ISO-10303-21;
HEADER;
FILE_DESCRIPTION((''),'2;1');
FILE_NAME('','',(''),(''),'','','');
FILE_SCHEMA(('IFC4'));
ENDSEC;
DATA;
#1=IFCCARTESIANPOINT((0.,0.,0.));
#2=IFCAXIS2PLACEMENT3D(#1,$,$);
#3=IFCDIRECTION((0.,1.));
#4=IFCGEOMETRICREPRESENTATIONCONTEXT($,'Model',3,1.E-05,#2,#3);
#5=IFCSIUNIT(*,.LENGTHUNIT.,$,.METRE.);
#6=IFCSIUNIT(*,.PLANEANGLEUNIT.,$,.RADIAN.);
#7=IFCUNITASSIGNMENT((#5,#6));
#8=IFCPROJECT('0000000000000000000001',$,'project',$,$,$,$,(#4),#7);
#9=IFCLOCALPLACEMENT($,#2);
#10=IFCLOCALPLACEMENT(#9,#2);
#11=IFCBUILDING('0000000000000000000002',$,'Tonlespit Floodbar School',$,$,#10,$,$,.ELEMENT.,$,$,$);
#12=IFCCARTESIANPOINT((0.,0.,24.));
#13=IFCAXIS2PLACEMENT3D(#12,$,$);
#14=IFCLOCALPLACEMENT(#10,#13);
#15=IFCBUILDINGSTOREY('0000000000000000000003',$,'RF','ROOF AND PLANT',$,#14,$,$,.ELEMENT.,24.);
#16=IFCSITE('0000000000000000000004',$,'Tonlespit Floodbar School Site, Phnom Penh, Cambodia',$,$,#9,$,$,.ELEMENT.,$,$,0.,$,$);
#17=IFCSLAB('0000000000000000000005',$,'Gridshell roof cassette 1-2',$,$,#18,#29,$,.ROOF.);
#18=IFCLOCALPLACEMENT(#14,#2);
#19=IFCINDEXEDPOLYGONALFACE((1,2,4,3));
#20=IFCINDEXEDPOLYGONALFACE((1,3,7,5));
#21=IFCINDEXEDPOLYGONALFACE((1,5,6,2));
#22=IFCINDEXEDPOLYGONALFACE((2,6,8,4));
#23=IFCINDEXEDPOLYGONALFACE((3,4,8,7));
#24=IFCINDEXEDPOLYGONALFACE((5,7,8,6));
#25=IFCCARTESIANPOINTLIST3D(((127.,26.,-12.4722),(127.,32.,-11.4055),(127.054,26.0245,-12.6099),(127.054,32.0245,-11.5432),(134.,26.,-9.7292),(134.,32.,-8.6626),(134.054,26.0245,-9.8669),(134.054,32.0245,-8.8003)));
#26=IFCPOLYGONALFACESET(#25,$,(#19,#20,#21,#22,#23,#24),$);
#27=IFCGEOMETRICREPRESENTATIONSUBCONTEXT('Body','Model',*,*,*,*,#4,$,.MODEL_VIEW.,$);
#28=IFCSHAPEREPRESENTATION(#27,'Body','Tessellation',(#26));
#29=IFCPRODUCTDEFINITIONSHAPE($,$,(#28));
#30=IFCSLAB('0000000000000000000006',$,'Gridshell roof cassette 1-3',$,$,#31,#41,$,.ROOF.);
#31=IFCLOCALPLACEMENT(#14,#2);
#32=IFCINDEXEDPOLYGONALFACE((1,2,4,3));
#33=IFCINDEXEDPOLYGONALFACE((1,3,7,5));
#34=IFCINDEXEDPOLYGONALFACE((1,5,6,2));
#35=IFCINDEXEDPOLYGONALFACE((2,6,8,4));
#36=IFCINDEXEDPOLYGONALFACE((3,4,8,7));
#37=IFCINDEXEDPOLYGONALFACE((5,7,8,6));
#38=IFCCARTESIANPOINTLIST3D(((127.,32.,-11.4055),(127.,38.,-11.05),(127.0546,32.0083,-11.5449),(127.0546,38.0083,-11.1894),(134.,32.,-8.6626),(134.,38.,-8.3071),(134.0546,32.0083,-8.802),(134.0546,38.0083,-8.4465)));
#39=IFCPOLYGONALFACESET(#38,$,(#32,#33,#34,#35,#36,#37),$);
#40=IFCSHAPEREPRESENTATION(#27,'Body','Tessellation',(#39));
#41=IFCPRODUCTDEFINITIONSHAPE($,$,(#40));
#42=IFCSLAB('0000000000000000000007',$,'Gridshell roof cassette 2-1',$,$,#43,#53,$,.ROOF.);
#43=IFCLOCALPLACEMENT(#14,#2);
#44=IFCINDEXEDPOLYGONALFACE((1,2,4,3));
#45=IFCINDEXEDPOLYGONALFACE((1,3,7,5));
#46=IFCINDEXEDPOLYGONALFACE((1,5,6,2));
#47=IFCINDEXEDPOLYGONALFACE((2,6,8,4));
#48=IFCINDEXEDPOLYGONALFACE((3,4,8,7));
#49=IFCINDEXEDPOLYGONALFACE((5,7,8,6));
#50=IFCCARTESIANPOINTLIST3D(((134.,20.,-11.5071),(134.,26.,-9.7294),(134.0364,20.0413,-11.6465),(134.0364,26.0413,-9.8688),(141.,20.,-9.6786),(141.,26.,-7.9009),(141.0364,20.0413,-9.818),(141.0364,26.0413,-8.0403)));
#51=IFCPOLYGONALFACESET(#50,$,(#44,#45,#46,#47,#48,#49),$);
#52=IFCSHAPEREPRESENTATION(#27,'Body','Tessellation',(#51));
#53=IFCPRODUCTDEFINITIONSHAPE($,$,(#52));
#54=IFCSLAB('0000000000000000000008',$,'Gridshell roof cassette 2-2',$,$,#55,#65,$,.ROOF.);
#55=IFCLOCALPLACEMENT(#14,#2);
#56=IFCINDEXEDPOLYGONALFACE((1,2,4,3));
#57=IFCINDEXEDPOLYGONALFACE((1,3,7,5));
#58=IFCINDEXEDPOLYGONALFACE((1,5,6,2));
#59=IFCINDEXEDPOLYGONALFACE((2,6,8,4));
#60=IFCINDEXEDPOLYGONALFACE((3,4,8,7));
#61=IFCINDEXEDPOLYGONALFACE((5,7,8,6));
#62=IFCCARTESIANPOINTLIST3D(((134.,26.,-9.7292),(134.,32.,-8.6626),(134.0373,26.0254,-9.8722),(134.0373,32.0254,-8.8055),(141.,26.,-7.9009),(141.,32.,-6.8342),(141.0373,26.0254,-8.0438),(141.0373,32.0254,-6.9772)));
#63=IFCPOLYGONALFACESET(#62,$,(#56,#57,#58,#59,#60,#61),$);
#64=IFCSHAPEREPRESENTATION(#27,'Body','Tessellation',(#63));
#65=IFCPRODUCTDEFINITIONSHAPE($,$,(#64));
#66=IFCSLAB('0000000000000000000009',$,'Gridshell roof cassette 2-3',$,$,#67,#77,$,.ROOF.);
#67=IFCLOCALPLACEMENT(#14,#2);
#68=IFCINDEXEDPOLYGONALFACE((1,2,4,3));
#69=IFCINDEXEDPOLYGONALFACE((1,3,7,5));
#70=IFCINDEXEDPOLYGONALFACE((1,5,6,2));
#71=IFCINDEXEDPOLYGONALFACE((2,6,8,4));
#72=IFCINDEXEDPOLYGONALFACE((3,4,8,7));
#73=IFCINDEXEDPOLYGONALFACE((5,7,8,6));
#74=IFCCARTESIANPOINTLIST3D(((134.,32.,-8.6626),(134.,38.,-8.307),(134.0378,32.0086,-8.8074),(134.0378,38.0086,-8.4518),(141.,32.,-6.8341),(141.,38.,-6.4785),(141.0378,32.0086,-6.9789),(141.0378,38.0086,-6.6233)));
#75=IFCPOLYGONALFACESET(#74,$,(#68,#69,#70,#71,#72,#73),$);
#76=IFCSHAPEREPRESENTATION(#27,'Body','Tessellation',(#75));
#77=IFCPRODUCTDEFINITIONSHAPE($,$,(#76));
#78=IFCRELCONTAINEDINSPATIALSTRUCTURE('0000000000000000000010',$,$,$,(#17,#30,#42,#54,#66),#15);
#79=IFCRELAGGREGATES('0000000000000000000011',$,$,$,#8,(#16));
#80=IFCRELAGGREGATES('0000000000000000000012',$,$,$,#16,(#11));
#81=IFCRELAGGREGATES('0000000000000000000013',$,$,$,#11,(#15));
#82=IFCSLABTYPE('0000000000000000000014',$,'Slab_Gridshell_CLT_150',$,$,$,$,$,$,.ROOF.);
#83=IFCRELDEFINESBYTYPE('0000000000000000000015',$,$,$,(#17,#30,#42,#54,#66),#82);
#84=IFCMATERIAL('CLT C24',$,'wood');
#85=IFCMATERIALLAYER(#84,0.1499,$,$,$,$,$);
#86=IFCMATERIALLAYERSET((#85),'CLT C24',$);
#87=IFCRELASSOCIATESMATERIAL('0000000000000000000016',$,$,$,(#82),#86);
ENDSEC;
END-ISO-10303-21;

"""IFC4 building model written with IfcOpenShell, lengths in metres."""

from ifc_helpers import new_model, si_unit, direction, frame, origin, place, context, subcontext, project, spatial, polyline, outline, extrude, material, layer, layer_set, type_object, element, save


model = new_model("IFC4")

# Units and contexts
model_context = context("Model", 3, precision=1e-05, world=origin(), true_north=direction((0.0, 1.0)))
body_context = subcontext(model_context, "Body", "Model", "MODEL_VIEW")
ifc_project = project(units=[si_unit("LENGTHUNIT", "METRE"), si_unit("PLANEANGLEUNIT", "RADIAN")], contexts=[model_context])

# Site, building, storey
site_placement = place(None, origin())
site = spatial("IfcSite", under=ifc_project, at=site_placement, Name="Tonlespit Floodbar School Site, Phnom Penh, Cambodia", CompositionType="ELEMENT", RefElevation=0.0)
building_placement = place(site_placement, origin())
building = spatial("IfcBuilding", under=site, at=building_placement, Name="Tonlespit Floodbar School", CompositionType="ELEMENT")
storey_placement = place(building_placement, frame((0.0, 0.0, 24.0)))
storey = spatial("IfcBuildingStorey", under=building, at=storey_placement, Name="RF", Description="ROOF AND PLANT", CompositionType="ELEMENT", Elevation=24.0)

# Slabs
ifc_material_1 = material(Name="CLT C24", Category="wood")
ifc_layer_1 = layer(ifc_material_1, 0.1499)
ifc_layer_set_1 = layer_set([ifc_layer_1], Name="CLT C24")
slab_type = type_object("IfcSlabType", Name="Slab_Gridshell_CLT_150", PredefinedType="ROOF", material=ifc_layer_set_1)
slab_1_placement = place(storey_placement, frame((127.0, 26.0, -12.4722), z_axis=(-0.359939, -0.163299, 0.918573), x_axis=(0.931072, 0.0, 0.364836)))
element("IfcSlab", 1, at=slab_1_placement, inside=storey, type_object=slab_type, Name="Gridshell roof cassette 1-2", PredefinedType="ROOF", context=body_context, shape_type="SweptSolid", body=[
    extrude(outline(polyline([(0.0, 0.0), (7.5182, 0.0), (7.9074, 6.0816), (0.3892, 6.0816), (0.0, 0.0)])), origin(), (0.0, 0.0, -1.0), 0.1499),
])
slab_2_placement = place(storey_placement, frame((127.0, 32.0, -11.4055), z_axis=(-0.364283, -0.055077, 0.929658), x_axis=(0.931072, 0.0, 0.364836)))
element("IfcSlab", 2, at=slab_2_placement, inside=storey, type_object=slab_type, Name="Gridshell roof cassette 1-3", PredefinedType="ROOF", context=body_context, shape_type="SweptSolid", body=[
    extrude(outline(polyline([(0.0, 0.0), (7.5182, 0.0), (7.6479, 6.0091), (0.1297, 6.0091), (0.0, 0.0)])), origin(), (0.0, 0.0, -1.0), 0.1499),
])
slab_3_placement = place(storey_placement, frame((134.0, 20.0, -11.5071), z_axis=(-0.242948, -0.275567, 0.930075), x_axis=(0.967536, 0.000004, 0.252734)))
element("IfcSlab", 3, at=slab_3_placement, inside=storey, type_object=slab_type, Name="Gridshell roof cassette 2-1", PredefinedType="ROOF", context=body_context, shape_type="SweptSolid", body=[
    extrude(outline(polyline([(0.0, 0.0), (7.2349, 0.0), (7.6842, 6.2416), (0.4493, 6.2417), (0.0, 0.0)])), origin(), (0.0, 0.0, -1.0), 0.1499),
])
slab_4_placement = place(storey_placement, frame((134.0, 26.0, -9.7292), z_axis=(-0.24906, -0.169515, 0.953538), x_axis=(0.96754, 0.0, 0.252717)))
element("IfcSlab", 4, at=slab_4_placement, inside=storey, type_object=slab_type, Name="Gridshell roof cassette 2-2", PredefinedType="ROOF", context=body_context, shape_type="SweptSolid", body=[
    extrude(outline(polyline([(0.0, 0.0), (7.2348, 0.0), (7.5044, 6.0881), (0.2696, 6.0881), (0.0, 0.0)])), origin(), (0.0, 0.0, -1.0), 0.1499),
])
slab_5_placement = place(storey_placement, frame((134.0, 32.0, -8.6626), z_axis=(-0.252319, -0.057247, 0.965949), x_axis=(0.967536, -0.000001, 0.252733)))
element("IfcSlab", 5, at=slab_5_placement, inside=storey, type_object=slab_type, Name="Gridshell roof cassette 2-3", PredefinedType="ROOF", context=body_context, shape_type="SweptSolid", body=[
    extrude(outline(polyline([(0.0, 0.0), (7.2348, 0.0), (7.3247, 6.0099), (0.0898, 6.0098), (0.0, 0.0)])), origin(), (0.0, 0.0, -1.0), 0.1499),
])

save(model, "model.ifc")
